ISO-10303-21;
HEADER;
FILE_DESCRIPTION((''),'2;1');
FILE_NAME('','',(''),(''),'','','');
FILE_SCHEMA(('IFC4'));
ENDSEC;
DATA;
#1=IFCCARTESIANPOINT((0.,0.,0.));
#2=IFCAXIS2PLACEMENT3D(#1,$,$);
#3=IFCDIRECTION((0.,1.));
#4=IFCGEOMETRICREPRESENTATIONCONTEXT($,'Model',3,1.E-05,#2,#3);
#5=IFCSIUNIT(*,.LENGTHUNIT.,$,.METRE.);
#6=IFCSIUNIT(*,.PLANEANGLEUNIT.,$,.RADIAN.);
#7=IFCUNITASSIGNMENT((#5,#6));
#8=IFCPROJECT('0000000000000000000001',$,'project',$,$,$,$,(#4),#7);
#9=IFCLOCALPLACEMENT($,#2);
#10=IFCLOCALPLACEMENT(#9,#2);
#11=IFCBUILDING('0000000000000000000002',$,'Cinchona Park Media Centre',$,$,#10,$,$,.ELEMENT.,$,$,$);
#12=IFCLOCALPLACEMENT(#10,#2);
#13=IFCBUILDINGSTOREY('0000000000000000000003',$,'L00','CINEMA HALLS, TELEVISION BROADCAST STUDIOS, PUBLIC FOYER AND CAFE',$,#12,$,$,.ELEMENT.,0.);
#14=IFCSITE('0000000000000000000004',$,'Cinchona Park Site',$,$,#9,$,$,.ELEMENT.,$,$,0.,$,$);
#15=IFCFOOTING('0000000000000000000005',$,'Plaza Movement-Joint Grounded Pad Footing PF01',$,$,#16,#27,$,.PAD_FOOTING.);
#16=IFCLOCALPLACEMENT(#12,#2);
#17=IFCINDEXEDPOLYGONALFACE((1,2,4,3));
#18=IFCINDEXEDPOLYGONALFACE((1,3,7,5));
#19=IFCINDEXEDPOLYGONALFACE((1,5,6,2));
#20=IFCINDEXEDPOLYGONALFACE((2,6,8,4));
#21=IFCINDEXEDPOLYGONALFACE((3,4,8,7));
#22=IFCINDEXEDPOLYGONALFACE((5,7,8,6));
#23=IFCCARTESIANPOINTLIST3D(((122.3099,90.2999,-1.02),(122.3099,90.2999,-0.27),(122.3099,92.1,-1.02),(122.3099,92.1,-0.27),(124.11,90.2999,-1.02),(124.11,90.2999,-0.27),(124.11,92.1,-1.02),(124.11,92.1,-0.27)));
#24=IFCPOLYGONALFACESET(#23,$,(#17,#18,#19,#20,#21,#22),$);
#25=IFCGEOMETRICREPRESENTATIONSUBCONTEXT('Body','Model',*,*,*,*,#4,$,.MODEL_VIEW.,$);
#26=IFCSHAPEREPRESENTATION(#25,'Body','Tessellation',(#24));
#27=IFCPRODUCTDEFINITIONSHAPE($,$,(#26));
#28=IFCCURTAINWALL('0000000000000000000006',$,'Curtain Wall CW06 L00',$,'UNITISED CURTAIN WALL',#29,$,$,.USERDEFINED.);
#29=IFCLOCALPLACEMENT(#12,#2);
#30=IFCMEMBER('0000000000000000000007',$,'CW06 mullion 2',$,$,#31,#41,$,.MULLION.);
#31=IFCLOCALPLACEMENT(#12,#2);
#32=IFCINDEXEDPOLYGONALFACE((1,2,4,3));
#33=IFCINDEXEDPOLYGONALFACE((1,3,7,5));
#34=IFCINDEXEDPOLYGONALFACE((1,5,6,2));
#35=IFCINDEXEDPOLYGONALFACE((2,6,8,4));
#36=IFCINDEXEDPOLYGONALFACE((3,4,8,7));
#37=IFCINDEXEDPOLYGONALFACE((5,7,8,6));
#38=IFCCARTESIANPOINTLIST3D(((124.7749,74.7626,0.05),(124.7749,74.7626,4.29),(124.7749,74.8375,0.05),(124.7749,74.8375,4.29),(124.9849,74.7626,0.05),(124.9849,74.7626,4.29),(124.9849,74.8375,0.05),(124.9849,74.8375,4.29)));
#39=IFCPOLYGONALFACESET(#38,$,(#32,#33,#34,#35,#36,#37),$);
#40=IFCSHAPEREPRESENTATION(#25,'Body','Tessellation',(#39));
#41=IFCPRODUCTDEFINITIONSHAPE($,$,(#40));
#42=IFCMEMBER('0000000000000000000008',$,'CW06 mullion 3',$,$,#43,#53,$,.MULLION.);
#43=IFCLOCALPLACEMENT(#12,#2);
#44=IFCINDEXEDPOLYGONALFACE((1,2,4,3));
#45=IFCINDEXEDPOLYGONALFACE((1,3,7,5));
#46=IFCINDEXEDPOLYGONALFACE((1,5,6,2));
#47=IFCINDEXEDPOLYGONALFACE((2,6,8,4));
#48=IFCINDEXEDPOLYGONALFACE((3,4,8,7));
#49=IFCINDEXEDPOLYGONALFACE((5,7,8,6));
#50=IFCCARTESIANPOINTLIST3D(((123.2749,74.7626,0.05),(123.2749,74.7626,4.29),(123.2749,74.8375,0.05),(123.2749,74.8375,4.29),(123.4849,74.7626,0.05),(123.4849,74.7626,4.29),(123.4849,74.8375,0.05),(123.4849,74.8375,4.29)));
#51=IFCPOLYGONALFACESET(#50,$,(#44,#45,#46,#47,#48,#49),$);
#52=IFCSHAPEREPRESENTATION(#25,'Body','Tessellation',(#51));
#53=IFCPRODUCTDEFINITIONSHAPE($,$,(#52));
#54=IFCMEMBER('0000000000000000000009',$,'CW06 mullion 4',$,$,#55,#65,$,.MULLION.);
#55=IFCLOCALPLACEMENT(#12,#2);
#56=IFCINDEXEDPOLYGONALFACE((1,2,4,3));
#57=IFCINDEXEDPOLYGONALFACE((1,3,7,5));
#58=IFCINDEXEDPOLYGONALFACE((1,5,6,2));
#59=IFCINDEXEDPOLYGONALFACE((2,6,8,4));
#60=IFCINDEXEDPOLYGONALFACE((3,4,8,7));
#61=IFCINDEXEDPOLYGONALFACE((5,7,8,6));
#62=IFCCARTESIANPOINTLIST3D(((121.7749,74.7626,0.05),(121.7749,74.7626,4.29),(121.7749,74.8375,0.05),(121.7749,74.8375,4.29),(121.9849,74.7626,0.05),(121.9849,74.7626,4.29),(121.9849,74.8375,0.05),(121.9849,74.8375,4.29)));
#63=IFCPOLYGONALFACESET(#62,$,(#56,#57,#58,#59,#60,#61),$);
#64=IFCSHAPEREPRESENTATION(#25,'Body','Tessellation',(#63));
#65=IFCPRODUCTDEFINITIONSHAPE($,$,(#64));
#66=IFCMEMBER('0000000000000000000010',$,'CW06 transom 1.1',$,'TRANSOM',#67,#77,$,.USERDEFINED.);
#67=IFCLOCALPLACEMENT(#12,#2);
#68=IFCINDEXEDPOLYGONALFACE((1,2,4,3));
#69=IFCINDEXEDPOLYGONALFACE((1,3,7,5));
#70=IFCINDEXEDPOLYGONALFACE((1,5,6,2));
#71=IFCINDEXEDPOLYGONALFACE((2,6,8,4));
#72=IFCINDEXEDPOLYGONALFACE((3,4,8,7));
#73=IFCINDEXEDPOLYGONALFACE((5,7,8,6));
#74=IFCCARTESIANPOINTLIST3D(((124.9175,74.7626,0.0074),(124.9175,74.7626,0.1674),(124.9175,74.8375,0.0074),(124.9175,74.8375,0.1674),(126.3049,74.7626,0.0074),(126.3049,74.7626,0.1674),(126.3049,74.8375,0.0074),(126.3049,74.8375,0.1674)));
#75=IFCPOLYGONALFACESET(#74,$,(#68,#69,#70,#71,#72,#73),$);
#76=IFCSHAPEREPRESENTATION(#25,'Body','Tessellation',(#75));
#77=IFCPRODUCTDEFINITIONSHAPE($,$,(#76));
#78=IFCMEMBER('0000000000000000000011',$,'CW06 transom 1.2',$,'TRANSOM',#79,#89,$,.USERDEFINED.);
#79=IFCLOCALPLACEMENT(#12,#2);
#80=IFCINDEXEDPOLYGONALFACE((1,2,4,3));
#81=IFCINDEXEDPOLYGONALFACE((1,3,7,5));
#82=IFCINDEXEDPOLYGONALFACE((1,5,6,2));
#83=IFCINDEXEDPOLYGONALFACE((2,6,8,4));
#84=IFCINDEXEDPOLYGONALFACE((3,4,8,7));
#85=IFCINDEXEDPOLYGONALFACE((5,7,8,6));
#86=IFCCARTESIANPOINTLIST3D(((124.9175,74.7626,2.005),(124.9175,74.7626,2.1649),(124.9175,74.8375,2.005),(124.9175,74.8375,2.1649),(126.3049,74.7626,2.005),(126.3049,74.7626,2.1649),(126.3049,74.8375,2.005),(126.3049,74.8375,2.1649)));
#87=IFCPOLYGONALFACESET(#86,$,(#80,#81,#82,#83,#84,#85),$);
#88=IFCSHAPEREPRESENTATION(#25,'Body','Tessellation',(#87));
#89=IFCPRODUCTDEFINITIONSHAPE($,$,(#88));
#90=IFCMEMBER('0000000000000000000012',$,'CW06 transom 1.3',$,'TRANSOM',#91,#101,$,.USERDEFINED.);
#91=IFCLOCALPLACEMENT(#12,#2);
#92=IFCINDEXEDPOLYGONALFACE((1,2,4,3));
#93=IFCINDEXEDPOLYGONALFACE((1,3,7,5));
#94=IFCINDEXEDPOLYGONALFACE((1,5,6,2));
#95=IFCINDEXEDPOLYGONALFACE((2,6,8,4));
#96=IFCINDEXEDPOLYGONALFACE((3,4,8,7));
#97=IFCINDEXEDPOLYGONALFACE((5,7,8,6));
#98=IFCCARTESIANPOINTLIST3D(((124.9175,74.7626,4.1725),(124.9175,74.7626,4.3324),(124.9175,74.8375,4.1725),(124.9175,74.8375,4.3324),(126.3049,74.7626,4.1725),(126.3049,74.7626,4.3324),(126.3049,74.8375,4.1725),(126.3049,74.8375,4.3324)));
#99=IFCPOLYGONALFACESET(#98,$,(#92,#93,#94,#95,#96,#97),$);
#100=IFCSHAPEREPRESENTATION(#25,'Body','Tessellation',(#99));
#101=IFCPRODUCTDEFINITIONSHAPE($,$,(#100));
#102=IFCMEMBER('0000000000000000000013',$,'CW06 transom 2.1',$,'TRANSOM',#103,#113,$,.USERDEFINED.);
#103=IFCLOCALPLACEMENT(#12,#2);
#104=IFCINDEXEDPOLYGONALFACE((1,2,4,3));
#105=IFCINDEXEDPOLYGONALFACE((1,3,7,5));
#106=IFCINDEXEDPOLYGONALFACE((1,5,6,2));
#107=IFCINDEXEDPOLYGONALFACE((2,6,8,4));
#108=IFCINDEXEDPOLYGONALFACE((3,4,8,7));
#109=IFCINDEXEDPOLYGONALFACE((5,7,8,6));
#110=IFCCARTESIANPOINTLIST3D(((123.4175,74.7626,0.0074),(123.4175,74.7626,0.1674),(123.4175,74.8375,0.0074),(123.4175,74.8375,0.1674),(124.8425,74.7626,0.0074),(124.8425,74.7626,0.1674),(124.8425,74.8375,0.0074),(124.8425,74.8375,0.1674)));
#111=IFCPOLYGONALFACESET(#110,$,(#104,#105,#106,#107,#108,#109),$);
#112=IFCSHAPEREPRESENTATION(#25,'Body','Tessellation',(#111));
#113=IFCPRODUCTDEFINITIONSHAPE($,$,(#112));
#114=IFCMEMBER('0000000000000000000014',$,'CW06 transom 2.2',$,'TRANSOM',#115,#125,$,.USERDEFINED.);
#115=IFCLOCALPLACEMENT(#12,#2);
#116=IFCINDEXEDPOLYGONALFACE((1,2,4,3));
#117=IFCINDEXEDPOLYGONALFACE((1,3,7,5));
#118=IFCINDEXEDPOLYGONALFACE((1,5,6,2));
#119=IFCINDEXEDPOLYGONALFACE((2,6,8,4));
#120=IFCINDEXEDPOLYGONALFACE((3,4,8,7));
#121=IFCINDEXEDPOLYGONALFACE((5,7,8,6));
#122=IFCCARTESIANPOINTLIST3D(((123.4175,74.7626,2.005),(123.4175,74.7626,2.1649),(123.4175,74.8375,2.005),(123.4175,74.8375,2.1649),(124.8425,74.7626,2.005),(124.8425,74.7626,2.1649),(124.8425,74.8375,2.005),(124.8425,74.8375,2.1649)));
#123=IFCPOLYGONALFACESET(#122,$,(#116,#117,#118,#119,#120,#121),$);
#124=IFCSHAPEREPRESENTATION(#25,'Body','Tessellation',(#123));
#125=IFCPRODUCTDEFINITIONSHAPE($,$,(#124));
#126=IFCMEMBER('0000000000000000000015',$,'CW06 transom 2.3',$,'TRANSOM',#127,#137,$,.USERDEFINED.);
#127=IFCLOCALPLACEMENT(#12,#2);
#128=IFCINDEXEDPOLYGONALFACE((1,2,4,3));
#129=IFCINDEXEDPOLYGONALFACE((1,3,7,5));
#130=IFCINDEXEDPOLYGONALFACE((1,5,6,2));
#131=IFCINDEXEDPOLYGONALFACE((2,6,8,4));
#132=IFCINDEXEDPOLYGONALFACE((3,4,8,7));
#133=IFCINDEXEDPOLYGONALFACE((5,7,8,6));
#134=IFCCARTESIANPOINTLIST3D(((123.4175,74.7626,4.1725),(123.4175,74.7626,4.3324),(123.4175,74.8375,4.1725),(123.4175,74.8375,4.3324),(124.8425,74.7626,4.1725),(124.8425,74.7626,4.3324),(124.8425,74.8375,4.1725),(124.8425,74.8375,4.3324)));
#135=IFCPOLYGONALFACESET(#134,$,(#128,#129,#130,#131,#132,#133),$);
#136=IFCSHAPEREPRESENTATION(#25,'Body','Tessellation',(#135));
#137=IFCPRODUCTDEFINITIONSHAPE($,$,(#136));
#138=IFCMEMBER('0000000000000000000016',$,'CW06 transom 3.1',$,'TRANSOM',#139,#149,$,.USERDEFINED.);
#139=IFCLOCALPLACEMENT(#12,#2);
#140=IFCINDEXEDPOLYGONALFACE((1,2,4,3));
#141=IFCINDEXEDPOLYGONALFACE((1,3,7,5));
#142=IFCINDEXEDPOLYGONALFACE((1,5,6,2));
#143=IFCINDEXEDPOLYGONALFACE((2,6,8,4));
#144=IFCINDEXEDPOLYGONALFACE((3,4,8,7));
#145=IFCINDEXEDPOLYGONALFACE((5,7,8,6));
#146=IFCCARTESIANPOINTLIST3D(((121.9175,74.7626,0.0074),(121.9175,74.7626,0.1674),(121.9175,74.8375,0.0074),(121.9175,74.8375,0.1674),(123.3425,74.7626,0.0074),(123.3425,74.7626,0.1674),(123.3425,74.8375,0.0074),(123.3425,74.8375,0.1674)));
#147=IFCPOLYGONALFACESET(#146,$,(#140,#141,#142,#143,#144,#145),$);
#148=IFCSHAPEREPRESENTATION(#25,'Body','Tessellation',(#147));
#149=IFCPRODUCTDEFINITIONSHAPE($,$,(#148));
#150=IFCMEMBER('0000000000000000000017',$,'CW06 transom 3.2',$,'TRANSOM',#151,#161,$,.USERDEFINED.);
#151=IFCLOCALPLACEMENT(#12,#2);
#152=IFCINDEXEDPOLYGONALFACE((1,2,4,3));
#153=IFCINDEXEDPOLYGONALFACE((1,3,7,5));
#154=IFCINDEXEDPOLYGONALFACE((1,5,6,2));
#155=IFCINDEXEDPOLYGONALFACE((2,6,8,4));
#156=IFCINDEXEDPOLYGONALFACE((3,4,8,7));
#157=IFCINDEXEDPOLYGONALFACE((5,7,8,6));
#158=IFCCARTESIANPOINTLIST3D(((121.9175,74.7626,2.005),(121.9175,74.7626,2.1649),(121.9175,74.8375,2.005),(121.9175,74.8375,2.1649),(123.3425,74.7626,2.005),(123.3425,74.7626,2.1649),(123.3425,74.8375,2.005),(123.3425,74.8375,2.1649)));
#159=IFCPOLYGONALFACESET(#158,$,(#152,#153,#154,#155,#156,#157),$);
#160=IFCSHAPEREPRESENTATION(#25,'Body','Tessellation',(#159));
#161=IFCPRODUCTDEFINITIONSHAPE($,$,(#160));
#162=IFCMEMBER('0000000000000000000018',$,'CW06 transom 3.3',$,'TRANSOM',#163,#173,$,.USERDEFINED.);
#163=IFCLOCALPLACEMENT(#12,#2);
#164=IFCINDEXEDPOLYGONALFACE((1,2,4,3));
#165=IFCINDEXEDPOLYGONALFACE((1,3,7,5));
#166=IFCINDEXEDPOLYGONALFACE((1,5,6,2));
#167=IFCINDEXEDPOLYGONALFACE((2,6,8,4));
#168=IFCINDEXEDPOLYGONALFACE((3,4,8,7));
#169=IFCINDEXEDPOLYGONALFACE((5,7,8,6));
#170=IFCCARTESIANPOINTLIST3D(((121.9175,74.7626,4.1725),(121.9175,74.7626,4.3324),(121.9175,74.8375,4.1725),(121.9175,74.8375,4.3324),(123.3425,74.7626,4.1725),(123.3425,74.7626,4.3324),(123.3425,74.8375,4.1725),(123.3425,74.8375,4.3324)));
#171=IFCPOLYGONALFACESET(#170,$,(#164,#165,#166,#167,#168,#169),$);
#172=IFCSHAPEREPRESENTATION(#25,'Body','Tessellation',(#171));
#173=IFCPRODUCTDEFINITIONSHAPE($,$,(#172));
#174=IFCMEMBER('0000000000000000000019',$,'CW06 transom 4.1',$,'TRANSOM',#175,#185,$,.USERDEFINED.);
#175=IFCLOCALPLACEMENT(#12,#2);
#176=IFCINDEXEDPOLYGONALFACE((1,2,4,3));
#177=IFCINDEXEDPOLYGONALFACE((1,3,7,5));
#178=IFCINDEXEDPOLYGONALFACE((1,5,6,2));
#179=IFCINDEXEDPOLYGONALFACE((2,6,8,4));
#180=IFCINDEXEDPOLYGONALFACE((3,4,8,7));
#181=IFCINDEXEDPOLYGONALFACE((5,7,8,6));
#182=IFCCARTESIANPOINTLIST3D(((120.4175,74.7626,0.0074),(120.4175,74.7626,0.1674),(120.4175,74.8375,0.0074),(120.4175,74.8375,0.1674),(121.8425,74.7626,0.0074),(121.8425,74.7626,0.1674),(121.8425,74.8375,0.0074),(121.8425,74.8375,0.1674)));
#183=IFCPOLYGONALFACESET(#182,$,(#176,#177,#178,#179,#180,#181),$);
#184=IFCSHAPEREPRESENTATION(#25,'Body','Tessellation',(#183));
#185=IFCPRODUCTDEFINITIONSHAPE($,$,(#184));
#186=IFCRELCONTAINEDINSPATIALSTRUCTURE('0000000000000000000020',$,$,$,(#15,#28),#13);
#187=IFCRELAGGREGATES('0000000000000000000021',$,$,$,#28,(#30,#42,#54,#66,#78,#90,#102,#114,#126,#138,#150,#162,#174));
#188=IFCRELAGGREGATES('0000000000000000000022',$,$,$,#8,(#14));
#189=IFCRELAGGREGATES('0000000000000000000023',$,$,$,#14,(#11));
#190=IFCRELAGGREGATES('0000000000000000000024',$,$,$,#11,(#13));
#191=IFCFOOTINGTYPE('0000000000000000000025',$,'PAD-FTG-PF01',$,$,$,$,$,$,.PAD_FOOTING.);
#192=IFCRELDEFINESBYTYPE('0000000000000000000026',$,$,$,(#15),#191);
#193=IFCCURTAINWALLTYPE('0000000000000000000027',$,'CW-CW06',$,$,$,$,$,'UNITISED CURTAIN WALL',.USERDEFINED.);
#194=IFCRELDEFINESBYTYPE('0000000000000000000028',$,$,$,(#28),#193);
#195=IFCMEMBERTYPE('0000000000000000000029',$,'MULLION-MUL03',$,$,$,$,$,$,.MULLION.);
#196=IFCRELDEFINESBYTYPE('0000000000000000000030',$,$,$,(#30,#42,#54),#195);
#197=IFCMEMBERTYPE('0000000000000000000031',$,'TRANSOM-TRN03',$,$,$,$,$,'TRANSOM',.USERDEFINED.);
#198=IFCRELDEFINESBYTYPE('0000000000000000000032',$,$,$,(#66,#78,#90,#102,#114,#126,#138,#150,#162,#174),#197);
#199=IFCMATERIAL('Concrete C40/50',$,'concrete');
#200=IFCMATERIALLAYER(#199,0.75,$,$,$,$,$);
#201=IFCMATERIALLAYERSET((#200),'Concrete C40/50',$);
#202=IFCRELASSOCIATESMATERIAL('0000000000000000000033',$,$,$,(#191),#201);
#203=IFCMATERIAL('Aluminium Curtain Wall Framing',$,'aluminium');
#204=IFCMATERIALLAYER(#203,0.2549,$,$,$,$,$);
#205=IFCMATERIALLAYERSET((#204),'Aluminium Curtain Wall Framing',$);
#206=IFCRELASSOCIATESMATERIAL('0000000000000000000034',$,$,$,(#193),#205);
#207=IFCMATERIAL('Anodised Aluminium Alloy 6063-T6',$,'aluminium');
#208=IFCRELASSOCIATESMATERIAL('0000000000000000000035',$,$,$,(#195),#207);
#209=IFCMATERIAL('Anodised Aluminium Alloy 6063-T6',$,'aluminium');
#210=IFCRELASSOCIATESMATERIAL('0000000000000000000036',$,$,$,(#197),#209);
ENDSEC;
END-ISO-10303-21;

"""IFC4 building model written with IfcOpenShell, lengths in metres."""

from ifc_helpers import new_model, si_unit, direction, frame, origin, origin_2d, place, context, subcontext, project, spatial, rectangle, extrude, material, layer, layer_set, material_profile, profile_set, type_object, element, aggregate, save


model = new_model("IFC4")

# Units and contexts
model_context = context("Model", 3, precision=1e-05, world=origin(), true_north=direction((0.0, 1.0)))
body_context = subcontext(model_context, "Body", "Model", "MODEL_VIEW")
ifc_project = project(units=[si_unit("LENGTHUNIT", "METRE"), si_unit("PLANEANGLEUNIT", "RADIAN")], contexts=[model_context])

# Site, building, storey
site_placement = place(None, origin())
site = spatial("IfcSite", under=ifc_project, at=site_placement, Name="Cinchona Park Site", CompositionType="ELEMENT", RefElevation=0.0)
building_placement = place(site_placement, origin())
building = spatial("IfcBuilding", under=site, at=building_placement, Name="Cinchona Park Media Centre", CompositionType="ELEMENT")
storey_placement = place(building_placement, origin())
storey = spatial("IfcBuildingStorey", under=building, at=storey_placement, Name="L00", Description="CINEMA HALLS, TELEVISION BROADCAST STUDIOS, PUBLIC FOYER AND CAFE", CompositionType="ELEMENT", Elevation=0.0)

# Footing
ifc_material_1 = material(Name="Concrete C40/50", Category="concrete")
ifc_layer_1 = layer(ifc_material_1, 0.75)
ifc_layer_set_1 = layer_set([ifc_layer_1], Name="Concrete C40/50")
footing_type = type_object("IfcFootingType", Name="PAD-FTG-PF01", PredefinedType="PAD_FOOTING", material=ifc_layer_set_1)
footing_placement = place(storey_placement, frame((123.21, 91.2, -1.02), z_axis=(0.0, 0.0, 1.0), x_axis=(1.0, 0.0, 0.0)))
element("IfcFooting", 1, at=footing_placement, inside=storey, type_object=footing_type, Name="Plaza Movement-Joint Grounded Pad Footing PF01", PredefinedType="PAD_FOOTING", context=body_context, shape_type="SweptSolid", body=[
    extrude(rectangle(XDim=1.8, YDim=1.8, at=origin_2d()), origin(), (0.0, 0.0, 1.0), 0.75),
])

# Curtain wall, members
ifc_material_2 = material(Name="Aluminium Curtain Wall Framing", Category="aluminium")
ifc_layer_2 = layer(ifc_material_2, 0.2549)
ifc_layer_set_2 = layer_set([ifc_layer_2], Name="Aluminium Curtain Wall Framing")
curtain_wall_type = type_object("IfcCurtainWallType", Name="CW-CW06", ElementType="UNITISED CURTAIN WALL", PredefinedType="USERDEFINED", material=ifc_layer_set_2)
curtain_wall_placement = place(storey_placement, origin())
curtain_wall = element("IfcCurtainWall", 2, at=curtain_wall_placement, inside=storey, type_object=curtain_wall_type, Name="Curtain Wall CW06 L00", ObjectType="UNITISED CURTAIN WALL", PredefinedType="USERDEFINED")
ifc_material_3 = material(Name="Anodised Aluminium Alloy 6063-T6", Category="aluminium")
ifc_material_profile_1 = material_profile(ifc_material_3, rectangle(XDim=0.075, YDim=0.21, at=origin_2d()), Name="MUL-75X210")
ifc_profile_set_1 = profile_set([ifc_material_profile_1], Name="Anodised Aluminium Alloy 6063-T6")
member_type_1 = type_object("IfcMemberType", Name="MULLION-MUL03", PredefinedType="MULLION", material=ifc_profile_set_1)
member_1_placement = place(storey_placement, frame((124.8799, 74.8, 0.05), z_axis=(0.0, 0.0, 1.0), x_axis=(0.0, -1.0, 0.0)))
member_1 = element("IfcMember", 3, at=member_1_placement, type_object=member_type_1, Name="CW06 mullion 2", PredefinedType="MULLION", context=body_context, shape_type="SweptSolid", body=[
    extrude(rectangle(XDim=0.075, YDim=0.21, at=origin_2d()), origin(), (0.0, 0.0, 1.0), 4.24),
])
member_2_placement = place(storey_placement, frame((123.3799, 74.8, 0.05), z_axis=(0.0, 0.0, 1.0), x_axis=(0.0, -1.0, 0.0)))
member_2 = element("IfcMember", 4, at=member_2_placement, type_object=member_type_1, Name="CW06 mullion 3", PredefinedType="MULLION", context=body_context, shape_type="SweptSolid", body=[
    extrude(rectangle(XDim=0.075, YDim=0.21, at=origin_2d()), origin(), (0.0, 0.0, 1.0), 4.24),
])
member_3_placement = place(storey_placement, frame((121.8799, 74.8, 0.05), z_axis=(0.0, 0.0, 1.0), x_axis=(0.0, -1.0, 0.0)))
member_3 = element("IfcMember", 5, at=member_3_placement, type_object=member_type_1, Name="CW06 mullion 4", PredefinedType="MULLION", context=body_context, shape_type="SweptSolid", body=[
    extrude(rectangle(XDim=0.075, YDim=0.21, at=origin_2d()), origin(), (0.0, 0.0, 1.0), 4.24),
])
ifc_material_4 = material(Name="Anodised Aluminium Alloy 6063-T6", Category="aluminium")
ifc_material_profile_2 = material_profile(ifc_material_4, rectangle(XDim=0.075, YDim=0.1599, at=origin_2d()), Name="TRN-75X160")
ifc_profile_set_2 = profile_set([ifc_material_profile_2], Name="Anodised Aluminium Alloy 6063-T6")
member_type_2 = type_object("IfcMemberType", Name="TRANSOM-TRN03", ElementType="TRANSOM", PredefinedType="USERDEFINED", material=ifc_profile_set_2)
member_4_placement = place(storey_placement, frame((126.3049, 74.8, 0.0874), z_axis=(-1.0, 0.0, 0.0), x_axis=(0.0, -1.0, 0.0)))
member_4 = element("IfcMember", 6, at=member_4_placement, type_object=member_type_2, Name="CW06 transom 1.1", ObjectType="TRANSOM", PredefinedType="USERDEFINED", context=body_context, shape_type="SweptSolid", body=[
    extrude(rectangle(XDim=0.075, YDim=0.1599, at=origin_2d()), origin(), (0.0, 0.0, 1.0), 1.3875),
])
member_5_placement = place(storey_placement, frame((126.3049, 74.8, 2.085), z_axis=(-1.0, 0.0, 0.0), x_axis=(0.0, -1.0, 0.0)))
member_5 = element("IfcMember", 7, at=member_5_placement, type_object=member_type_2, Name="CW06 transom 1.2", ObjectType="TRANSOM", PredefinedType="USERDEFINED", context=body_context, shape_type="SweptSolid", body=[
    extrude(rectangle(XDim=0.075, YDim=0.1599, at=origin_2d()), origin(), (0.0, 0.0, 1.0), 1.3875),
])
member_6_placement = place(storey_placement, frame((126.3049, 74.8, 4.2524), z_axis=(-1.0, 0.0, 0.0), x_axis=(0.0, -1.0, 0.0)))
member_6 = element("IfcMember", 8, at=member_6_placement, type_object=member_type_2, Name="CW06 transom 1.3", ObjectType="TRANSOM", PredefinedType="USERDEFINED", context=body_context, shape_type="SweptSolid", body=[
    extrude(rectangle(XDim=0.075, YDim=0.1599, at=origin_2d()), origin(), (0.0, 0.0, 1.0), 1.3875),
])
member_7_placement = place(storey_placement, frame((124.8425, 74.8, 0.0874), z_axis=(-1.0, 0.0, 0.0), x_axis=(0.0, -1.0, 0.0)))
member_7 = element("IfcMember", 9, at=member_7_placement, type_object=member_type_2, Name="CW06 transom 2.1", ObjectType="TRANSOM", PredefinedType="USERDEFINED", context=body_context, shape_type="SweptSolid", body=[
    extrude(rectangle(XDim=0.075, YDim=0.1599, at=origin_2d()), origin(), (0.0, 0.0, 1.0), 1.425),
])
member_8_placement = place(storey_placement, frame((124.8425, 74.8, 2.085), z_axis=(-1.0, 0.0, 0.0), x_axis=(0.0, -1.0, 0.0)))
member_8 = element("IfcMember", 10, at=member_8_placement, type_object=member_type_2, Name="CW06 transom 2.2", ObjectType="TRANSOM", PredefinedType="USERDEFINED", context=body_context, shape_type="SweptSolid", body=[
    extrude(rectangle(XDim=0.075, YDim=0.1599, at=origin_2d()), origin(), (0.0, 0.0, 1.0), 1.425),
])
member_9_placement = place(storey_placement, frame((124.8425, 74.8, 4.2524), z_axis=(-1.0, 0.0, 0.0), x_axis=(0.0, -1.0, 0.0)))
member_9 = element("IfcMember", 11, at=member_9_placement, type_object=member_type_2, Name="CW06 transom 2.3", ObjectType="TRANSOM", PredefinedType="USERDEFINED", context=body_context, shape_type="SweptSolid", body=[
    extrude(rectangle(XDim=0.075, YDim=0.1599, at=origin_2d()), origin(), (0.0, 0.0, 1.0), 1.425),
])
member_10_placement = place(storey_placement, frame((123.3425, 74.8, 0.0874), z_axis=(-1.0, 0.0, 0.0), x_axis=(0.0, -1.0, 0.0)))
member_10 = element("IfcMember", 12, at=member_10_placement, type_object=member_type_2, Name="CW06 transom 3.1", ObjectType="TRANSOM", PredefinedType="USERDEFINED", context=body_context, shape_type="SweptSolid", body=[
    extrude(rectangle(XDim=0.075, YDim=0.1599, at=origin_2d()), origin(), (0.0, 0.0, 1.0), 1.425),
])
member_11_placement = place(storey_placement, frame((123.3425, 74.8, 2.085), z_axis=(-1.0, 0.0, 0.0), x_axis=(0.0, -1.0, 0.0)))
member_11 = element("IfcMember", 13, at=member_11_placement, type_object=member_type_2, Name="CW06 transom 3.2", ObjectType="TRANSOM", PredefinedType="USERDEFINED", context=body_context, shape_type="SweptSolid", body=[
    extrude(rectangle(XDim=0.075, YDim=0.1599, at=origin_2d()), origin(), (0.0, 0.0, 1.0), 1.425),
])
member_12_placement = place(storey_placement, frame((123.3425, 74.8, 4.2524), z_axis=(-1.0, 0.0, 0.0), x_axis=(0.0, -1.0, 0.0)))
member_12 = element("IfcMember", 14, at=member_12_placement, type_object=member_type_2, Name="CW06 transom 3.3", ObjectType="TRANSOM", PredefinedType="USERDEFINED", context=body_context, shape_type="SweptSolid", body=[
    extrude(rectangle(XDim=0.075, YDim=0.1599, at=origin_2d()), origin(), (0.0, 0.0, 1.0), 1.425),
])
member_13_placement = place(storey_placement, frame((121.8425, 74.8, 0.0874), z_axis=(-1.0, 0.0, 0.0), x_axis=(0.0, -1.0, 0.0)))
member_13 = element("IfcMember", 15, at=member_13_placement, type_object=member_type_2, Name="CW06 transom 4.1", ObjectType="TRANSOM", PredefinedType="USERDEFINED", context=body_context, shape_type="SweptSolid", body=[
    extrude(rectangle(XDim=0.075, YDim=0.1599, at=origin_2d()), origin(), (0.0, 0.0, 1.0), 1.425),
])
aggregate(curtain_wall, [member_1, member_2, member_3, member_4, member_5, member_6, member_7, member_8, member_9, member_10, member_11, member_12, member_13])

save(model, "model.ifc")
